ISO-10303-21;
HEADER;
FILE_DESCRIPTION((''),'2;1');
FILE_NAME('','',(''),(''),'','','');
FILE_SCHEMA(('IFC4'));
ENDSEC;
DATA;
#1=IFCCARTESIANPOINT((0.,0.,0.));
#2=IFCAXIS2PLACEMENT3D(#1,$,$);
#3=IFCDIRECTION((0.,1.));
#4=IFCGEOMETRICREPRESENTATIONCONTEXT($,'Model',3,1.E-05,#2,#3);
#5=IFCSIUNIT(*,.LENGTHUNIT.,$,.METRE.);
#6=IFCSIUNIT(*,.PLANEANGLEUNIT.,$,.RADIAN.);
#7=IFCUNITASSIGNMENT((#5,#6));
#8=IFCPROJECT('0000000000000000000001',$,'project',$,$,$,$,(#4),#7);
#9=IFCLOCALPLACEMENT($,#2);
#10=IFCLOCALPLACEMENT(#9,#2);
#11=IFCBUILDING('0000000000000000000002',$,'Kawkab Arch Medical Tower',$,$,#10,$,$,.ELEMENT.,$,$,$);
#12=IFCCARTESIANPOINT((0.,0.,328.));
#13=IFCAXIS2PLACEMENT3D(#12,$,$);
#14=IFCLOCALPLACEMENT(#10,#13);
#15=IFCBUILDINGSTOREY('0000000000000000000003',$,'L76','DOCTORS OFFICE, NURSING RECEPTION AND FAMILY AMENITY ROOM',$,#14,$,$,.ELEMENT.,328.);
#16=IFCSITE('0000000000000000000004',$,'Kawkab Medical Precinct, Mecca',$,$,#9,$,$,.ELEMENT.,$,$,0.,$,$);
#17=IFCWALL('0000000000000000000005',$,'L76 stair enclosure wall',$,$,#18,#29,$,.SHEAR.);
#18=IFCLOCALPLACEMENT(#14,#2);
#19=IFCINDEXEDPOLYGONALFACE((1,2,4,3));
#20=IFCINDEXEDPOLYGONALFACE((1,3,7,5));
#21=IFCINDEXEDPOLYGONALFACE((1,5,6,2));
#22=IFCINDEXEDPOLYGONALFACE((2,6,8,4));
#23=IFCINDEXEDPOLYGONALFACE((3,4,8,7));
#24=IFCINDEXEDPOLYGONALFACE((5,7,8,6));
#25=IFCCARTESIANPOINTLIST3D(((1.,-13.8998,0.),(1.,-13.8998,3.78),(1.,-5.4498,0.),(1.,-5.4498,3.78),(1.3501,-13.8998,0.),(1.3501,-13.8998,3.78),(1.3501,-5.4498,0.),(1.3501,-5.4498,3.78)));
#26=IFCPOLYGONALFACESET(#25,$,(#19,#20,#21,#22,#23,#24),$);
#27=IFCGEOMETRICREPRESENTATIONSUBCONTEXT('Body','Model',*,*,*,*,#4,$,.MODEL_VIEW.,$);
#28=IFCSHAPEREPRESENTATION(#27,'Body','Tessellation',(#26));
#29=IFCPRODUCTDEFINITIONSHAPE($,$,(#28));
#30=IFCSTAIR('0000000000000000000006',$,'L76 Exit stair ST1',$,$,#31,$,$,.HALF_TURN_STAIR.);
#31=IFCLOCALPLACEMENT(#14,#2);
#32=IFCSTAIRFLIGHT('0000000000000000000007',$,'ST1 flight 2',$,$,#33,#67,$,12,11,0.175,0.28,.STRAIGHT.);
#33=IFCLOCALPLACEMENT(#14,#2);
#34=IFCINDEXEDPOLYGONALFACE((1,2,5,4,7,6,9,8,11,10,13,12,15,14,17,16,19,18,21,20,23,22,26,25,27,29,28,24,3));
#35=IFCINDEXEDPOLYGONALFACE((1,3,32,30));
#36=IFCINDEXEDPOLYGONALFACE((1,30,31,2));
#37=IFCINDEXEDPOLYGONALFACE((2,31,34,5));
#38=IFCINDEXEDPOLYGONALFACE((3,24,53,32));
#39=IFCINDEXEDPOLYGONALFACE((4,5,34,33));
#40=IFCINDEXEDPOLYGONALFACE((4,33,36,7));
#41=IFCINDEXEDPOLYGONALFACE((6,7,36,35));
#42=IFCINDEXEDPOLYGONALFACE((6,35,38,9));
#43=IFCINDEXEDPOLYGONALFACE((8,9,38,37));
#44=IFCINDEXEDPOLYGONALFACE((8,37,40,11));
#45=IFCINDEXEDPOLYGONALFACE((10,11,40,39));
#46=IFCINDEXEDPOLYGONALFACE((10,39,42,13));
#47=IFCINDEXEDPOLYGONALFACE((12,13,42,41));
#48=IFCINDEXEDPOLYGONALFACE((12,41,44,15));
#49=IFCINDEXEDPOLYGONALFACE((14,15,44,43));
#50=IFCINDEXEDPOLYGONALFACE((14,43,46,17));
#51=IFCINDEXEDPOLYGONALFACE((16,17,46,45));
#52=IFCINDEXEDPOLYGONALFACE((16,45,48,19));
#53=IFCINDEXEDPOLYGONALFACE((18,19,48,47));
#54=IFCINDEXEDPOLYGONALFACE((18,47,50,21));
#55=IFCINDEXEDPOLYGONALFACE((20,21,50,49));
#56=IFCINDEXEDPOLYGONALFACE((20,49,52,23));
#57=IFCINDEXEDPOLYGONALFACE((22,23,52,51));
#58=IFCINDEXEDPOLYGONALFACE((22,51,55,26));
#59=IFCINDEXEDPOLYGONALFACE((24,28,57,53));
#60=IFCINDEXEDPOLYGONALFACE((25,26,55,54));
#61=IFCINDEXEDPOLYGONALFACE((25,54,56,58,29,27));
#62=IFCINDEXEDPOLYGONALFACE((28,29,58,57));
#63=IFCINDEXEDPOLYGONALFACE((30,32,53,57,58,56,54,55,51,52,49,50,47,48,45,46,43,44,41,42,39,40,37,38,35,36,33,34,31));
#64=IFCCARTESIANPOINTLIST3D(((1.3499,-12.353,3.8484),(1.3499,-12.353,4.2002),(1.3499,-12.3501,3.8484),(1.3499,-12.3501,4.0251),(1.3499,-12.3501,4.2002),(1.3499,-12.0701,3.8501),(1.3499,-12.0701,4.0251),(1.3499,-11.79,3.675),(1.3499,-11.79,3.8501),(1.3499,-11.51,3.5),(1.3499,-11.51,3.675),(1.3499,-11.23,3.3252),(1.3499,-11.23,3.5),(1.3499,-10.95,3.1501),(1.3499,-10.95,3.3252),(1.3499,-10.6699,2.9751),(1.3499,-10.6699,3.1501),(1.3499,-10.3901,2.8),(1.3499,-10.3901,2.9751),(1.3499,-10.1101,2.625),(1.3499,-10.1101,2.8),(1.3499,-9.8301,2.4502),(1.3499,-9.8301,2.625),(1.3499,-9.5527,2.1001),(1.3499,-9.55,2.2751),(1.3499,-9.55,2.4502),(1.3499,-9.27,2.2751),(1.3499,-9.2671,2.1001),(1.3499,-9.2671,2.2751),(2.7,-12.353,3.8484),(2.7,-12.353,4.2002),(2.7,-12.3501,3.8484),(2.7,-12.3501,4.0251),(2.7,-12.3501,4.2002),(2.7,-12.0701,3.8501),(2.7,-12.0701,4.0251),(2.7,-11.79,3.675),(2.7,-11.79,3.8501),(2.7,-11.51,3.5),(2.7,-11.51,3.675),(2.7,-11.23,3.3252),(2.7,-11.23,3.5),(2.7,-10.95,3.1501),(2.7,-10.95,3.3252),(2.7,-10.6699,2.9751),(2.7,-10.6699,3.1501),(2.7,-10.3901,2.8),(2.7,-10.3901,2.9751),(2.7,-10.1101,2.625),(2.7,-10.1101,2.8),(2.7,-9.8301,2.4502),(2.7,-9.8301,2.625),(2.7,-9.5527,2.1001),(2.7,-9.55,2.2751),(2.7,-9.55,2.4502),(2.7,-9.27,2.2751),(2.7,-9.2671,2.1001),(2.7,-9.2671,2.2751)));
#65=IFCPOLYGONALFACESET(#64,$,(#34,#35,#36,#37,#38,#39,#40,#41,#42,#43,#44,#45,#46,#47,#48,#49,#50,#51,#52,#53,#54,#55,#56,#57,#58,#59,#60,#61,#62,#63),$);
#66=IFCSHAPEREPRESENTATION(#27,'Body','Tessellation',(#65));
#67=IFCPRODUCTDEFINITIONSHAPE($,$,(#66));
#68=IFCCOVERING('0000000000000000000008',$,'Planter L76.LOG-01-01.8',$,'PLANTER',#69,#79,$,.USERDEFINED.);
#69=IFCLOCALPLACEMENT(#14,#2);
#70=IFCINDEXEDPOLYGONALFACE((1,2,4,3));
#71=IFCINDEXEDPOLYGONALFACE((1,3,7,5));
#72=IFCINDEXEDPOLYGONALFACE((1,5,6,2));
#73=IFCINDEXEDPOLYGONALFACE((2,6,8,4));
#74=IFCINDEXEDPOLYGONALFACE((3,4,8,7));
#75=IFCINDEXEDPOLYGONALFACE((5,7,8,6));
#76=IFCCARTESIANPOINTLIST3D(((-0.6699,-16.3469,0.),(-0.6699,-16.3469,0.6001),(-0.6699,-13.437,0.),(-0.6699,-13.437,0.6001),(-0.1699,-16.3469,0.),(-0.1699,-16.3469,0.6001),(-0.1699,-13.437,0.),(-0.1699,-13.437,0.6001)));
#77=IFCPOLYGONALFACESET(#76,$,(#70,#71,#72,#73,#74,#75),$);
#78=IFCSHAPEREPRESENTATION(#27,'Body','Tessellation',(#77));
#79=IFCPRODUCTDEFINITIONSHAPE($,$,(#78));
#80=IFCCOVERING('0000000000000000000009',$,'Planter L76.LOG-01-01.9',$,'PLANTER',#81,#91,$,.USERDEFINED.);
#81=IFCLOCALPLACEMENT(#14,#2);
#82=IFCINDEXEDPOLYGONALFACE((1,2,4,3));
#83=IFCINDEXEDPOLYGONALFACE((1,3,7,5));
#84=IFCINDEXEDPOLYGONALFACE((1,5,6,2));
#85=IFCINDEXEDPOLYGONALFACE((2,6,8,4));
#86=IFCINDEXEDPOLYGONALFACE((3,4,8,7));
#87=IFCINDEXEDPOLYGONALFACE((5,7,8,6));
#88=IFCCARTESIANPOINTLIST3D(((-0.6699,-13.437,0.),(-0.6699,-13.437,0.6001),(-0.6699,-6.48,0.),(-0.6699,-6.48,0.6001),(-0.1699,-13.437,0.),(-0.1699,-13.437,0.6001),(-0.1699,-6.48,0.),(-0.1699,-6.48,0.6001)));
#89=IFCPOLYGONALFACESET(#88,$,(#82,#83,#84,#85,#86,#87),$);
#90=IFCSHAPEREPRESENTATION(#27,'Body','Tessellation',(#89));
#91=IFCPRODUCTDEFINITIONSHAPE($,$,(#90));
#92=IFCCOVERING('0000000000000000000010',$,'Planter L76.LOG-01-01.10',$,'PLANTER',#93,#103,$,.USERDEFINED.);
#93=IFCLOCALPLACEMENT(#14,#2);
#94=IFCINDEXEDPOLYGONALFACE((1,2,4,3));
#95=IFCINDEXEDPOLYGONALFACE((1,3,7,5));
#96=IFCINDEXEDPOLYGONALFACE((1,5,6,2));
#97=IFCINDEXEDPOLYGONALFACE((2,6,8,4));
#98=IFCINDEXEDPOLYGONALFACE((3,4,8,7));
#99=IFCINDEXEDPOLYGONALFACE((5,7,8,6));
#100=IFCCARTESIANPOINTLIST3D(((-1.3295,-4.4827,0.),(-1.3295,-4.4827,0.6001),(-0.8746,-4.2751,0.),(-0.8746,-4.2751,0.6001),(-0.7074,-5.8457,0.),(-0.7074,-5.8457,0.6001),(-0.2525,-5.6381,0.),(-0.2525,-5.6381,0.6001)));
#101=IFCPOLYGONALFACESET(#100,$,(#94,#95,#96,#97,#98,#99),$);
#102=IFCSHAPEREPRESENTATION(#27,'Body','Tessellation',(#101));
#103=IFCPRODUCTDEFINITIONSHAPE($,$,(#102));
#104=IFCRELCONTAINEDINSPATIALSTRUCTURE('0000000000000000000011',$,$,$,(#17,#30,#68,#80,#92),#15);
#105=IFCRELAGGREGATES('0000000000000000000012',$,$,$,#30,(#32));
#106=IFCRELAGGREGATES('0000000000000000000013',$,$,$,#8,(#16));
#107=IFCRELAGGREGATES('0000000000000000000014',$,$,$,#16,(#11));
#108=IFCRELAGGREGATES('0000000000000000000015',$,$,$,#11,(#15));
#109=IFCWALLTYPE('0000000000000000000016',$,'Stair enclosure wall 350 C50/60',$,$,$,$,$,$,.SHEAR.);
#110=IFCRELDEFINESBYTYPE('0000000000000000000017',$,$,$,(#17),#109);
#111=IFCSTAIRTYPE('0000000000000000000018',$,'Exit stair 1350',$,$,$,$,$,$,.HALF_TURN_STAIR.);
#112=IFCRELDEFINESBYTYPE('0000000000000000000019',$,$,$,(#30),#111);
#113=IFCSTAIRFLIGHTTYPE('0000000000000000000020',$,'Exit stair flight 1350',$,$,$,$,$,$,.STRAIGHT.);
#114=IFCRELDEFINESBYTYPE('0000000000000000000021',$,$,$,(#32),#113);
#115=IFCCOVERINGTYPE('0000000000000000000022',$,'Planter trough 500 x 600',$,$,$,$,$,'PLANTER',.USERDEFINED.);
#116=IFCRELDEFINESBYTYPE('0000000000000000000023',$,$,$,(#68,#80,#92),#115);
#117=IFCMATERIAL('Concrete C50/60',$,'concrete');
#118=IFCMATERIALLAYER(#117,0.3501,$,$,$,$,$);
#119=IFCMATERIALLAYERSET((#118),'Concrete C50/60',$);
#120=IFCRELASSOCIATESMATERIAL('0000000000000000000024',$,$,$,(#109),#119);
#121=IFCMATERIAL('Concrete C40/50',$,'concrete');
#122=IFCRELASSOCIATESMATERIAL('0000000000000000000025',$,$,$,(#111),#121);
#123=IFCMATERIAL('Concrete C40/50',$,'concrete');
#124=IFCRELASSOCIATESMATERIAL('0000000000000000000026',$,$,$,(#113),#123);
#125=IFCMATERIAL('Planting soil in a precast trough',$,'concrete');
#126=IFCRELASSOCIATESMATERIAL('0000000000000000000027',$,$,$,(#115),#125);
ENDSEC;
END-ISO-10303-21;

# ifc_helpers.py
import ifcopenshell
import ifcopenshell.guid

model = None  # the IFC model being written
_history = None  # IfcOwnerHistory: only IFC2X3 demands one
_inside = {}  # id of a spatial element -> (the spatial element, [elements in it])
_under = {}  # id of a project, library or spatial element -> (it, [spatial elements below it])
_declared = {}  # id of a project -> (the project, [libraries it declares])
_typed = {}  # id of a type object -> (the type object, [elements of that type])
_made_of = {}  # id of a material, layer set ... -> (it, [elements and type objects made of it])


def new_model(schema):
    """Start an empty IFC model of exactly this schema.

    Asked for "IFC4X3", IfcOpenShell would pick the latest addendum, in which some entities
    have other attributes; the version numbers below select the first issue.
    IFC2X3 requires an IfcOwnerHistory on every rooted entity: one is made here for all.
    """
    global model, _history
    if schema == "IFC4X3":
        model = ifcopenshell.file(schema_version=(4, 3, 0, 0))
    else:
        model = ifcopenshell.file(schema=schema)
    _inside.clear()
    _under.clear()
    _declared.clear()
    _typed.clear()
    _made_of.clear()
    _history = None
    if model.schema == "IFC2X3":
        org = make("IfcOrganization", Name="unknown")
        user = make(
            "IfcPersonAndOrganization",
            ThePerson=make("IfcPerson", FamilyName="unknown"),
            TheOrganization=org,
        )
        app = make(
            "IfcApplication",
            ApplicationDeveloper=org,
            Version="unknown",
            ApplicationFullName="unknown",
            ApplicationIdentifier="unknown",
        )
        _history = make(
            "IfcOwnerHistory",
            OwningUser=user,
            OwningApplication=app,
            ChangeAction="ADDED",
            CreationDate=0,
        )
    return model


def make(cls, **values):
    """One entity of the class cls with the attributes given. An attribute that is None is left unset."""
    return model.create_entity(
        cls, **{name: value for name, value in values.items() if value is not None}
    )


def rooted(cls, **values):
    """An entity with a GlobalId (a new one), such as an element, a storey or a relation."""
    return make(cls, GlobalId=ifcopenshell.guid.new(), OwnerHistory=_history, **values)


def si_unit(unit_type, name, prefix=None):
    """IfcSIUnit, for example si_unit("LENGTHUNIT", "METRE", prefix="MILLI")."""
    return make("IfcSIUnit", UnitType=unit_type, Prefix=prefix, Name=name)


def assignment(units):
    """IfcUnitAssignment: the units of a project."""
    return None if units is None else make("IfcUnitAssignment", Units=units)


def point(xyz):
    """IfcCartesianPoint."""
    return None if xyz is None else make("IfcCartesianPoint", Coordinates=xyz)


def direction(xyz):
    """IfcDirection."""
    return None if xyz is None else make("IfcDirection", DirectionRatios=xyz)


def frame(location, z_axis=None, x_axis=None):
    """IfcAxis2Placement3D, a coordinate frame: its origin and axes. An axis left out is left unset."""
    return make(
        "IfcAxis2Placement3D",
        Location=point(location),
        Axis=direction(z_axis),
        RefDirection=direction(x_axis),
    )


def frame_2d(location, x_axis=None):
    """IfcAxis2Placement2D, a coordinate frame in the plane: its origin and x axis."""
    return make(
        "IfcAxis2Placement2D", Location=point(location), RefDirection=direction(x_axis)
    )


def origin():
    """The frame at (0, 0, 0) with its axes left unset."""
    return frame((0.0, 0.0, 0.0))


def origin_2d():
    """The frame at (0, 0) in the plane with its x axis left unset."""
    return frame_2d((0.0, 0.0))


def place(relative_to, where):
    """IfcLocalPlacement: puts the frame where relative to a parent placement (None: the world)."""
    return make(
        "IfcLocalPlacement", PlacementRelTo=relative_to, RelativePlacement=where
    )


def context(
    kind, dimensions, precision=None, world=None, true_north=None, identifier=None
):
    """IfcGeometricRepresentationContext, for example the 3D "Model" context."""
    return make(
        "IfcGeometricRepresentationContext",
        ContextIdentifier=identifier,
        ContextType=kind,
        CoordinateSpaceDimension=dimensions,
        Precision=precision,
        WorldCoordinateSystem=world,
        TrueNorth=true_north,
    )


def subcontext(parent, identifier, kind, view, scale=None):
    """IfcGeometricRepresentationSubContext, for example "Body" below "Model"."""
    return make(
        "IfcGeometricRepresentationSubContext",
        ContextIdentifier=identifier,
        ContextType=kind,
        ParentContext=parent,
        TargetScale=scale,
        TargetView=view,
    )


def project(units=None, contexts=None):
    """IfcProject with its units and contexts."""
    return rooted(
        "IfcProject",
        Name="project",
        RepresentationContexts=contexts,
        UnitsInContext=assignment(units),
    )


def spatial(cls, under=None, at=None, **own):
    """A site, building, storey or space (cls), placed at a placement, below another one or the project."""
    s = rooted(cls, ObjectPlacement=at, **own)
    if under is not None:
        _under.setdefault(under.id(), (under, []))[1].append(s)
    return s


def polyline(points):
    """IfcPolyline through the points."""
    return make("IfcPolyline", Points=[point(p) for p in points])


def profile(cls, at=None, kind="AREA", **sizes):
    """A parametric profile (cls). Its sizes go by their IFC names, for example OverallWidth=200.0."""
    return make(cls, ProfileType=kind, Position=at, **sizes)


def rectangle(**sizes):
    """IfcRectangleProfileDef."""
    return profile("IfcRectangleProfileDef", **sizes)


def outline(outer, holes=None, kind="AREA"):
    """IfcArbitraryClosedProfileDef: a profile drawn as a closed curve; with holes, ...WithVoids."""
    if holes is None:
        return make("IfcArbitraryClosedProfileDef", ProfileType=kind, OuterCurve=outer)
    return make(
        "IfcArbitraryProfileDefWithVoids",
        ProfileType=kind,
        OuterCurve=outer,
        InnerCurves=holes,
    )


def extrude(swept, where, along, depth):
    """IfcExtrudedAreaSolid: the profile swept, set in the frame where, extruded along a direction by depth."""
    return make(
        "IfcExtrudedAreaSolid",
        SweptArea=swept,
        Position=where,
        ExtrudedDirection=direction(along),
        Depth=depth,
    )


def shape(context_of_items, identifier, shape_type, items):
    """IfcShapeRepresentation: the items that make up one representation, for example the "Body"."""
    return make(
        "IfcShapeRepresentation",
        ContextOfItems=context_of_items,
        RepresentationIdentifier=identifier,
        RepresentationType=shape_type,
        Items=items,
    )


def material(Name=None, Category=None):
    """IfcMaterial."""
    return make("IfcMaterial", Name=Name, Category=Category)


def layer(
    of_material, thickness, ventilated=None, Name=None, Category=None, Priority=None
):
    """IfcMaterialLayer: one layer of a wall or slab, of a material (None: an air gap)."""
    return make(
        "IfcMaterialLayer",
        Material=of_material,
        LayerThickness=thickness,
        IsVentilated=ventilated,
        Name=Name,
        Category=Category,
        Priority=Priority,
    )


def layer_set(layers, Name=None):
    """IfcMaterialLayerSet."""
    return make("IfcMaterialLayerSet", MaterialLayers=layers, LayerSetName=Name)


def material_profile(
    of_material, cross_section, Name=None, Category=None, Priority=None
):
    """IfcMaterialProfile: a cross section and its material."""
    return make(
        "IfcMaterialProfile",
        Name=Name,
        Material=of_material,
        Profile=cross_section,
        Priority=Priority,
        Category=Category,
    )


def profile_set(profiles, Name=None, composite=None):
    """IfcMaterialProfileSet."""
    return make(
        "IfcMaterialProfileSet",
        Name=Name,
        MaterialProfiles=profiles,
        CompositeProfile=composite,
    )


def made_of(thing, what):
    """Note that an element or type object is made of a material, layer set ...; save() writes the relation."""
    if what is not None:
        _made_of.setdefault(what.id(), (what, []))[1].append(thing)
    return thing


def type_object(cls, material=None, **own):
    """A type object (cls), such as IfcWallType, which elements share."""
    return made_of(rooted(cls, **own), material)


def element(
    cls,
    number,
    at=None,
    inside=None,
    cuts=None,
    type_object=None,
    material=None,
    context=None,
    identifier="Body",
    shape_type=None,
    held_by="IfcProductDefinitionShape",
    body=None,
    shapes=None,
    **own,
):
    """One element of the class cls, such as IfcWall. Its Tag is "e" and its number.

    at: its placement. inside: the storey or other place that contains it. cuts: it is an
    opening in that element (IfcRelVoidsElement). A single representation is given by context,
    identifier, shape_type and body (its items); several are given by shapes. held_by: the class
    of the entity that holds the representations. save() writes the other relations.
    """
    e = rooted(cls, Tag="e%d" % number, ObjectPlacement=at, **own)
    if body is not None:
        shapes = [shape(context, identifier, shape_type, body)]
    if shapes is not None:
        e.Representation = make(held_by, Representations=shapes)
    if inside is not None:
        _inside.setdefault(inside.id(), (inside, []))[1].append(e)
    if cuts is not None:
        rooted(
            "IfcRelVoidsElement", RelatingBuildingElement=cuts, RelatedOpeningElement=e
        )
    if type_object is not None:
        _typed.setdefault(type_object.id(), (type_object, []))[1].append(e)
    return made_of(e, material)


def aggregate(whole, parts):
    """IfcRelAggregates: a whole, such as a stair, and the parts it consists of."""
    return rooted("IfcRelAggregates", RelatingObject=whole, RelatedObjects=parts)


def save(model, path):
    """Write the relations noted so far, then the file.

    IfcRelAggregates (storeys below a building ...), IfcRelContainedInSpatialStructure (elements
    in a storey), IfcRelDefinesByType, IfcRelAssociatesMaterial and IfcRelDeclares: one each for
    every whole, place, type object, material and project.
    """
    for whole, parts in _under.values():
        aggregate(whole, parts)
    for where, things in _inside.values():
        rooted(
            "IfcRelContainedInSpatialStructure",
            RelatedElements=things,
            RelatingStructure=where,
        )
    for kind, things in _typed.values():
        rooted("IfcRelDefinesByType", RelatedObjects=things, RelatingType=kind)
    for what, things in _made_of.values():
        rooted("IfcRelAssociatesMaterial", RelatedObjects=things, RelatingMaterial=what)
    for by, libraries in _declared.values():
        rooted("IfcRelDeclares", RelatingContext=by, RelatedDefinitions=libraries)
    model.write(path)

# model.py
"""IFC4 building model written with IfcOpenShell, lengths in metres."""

from ifc_helpers import new_model, si_unit, direction, frame, frame_2d, origin, origin_2d, place, context, subcontext, project, spatial, polyline, rectangle, outline, extrude, material, layer, layer_set, material_profile, profile_set, type_object, element, aggregate, save


model = new_model("IFC4")

# Units and contexts
model_context = context("Model", 3, precision=1e-05, world=origin(), true_north=direction((0.0, 1.0)))
body_context = subcontext(model_context, "Body", "Model", "MODEL_VIEW")
ifc_project = project(units=[si_unit("LENGTHUNIT", "METRE"), si_unit("PLANEANGLEUNIT", "RADIAN")], contexts=[model_context])

# Site, building, storey
site_placement = place(None, origin())
site = spatial("IfcSite", under=ifc_project, at=site_placement, Name="Kawkab Medical Precinct, Mecca", CompositionType="ELEMENT", RefElevation=0.0)
building_placement = place(site_placement, origin())
building = spatial("IfcBuilding", under=site, at=building_placement, Name="Kawkab Arch Medical Tower", CompositionType="ELEMENT")
storey_placement = place(building_placement, frame((0.0, 0.0, 328.0)))
storey = spatial("IfcBuildingStorey", under=building, at=storey_placement, Name="L76", Description="DOCTORS OFFICE, NURSING RECEPTION AND FAMILY AMENITY ROOM", CompositionType="ELEMENT", Elevation=328.0)

# Shared definitions
placement = place(storey_placement, origin())

# Wall
ifc_material_1 = material(Name="Concrete C50/60", Category="concrete")
ifc_layer_1 = layer(ifc_material_1, 0.3501)
ifc_layer_set_1 = layer_set([ifc_layer_1], Name="Concrete C50/60")
wall_type_1 = type_object("IfcWallType", Name="Stair enclosure wall 350 C50/60", PredefinedType="SHEAR", material=ifc_layer_set_1)
wall_1_placement = place(storey_placement, frame((1.175, -13.8999, 0.0), z_axis=(0.0, 0.0, 1.0), x_axis=(0.0, 1.0, 0.0)))
element("IfcWall", 1, at=wall_1_placement, inside=storey, type_object=wall_type_1, Name="L76 stair enclosure wall", PredefinedType="SHEAR", context=body_context, shape_type="SweptSolid", body=[
    extrude(rectangle(XDim=8.45, YDim=0.3501, at=frame_2d((4.2251, 0.0))), origin(), (0.0, 0.0, 1.0), 3.78),
])

# Stair, stair flight
ifc_material_2 = material(Name="Concrete C40/50", Category="concrete")
stair_type = type_object("IfcStairType", Name="Exit stair 1350", PredefinedType="HALF_TURN_STAIR", material=ifc_material_2)
stair = element("IfcStair", 2, at=placement, inside=storey, type_object=stair_type, Name="L76 Exit stair ST1", PredefinedType="HALF_TURN_STAIR")
ifc_material_3 = material(Name="Concrete C40/50", Category="concrete")
stair_flight_type = type_object("IfcStairFlightType", Name="Exit stair flight 1350", PredefinedType="STRAIGHT", material=ifc_material_3)
stair_flight_placement = place(storey_placement, frame((2.0249, -9.27, 2.1001), z_axis=(0.0, 0.0, 1.0), x_axis=(0.0, -1.0, 0.0)))
stair_flight = element("IfcStairFlight", 3, at=stair_flight_placement, type_object=stair_flight_type, Name="ST1 flight 2", NumberOfRisers=12, NumberOfTreads=11, PredefinedType="STRAIGHT", RiserHeight=0.175, TreadLength=0.28, context=body_context, shape_type="SweptSolid", body=[
    extrude(outline(polyline([(-0.0029, 0.0), (-0.0029, 0.175), (0.0, 0.175), (0.28, 0.175), (0.28, 0.3501), (0.5601, 0.3501), (0.5601, 0.5249), (0.8401, 0.5249), (0.8401, 0.7), (1.1201, 0.7), (1.1201, 0.875), (1.3999, 0.875), (1.3999, 1.05), (1.6799, 1.05), (1.6799, 1.2251), (1.96, 1.2251), (1.96, 1.3999), (2.24, 1.3999), (2.24, 1.575), (2.52, 1.575), (2.52, 1.75), (2.8, 1.75), (2.8, 1.925), (3.0801, 1.925), (3.0801, 2.1001), (3.083, 2.1001), (3.083, 1.7483), (3.0801, 1.7483), (0.2827, 0.0), (-0.0029, 0.0)])), frame((0.0, 0.675, 0.0), z_axis=(0.0, -1.0, 0.0), x_axis=(1.0, 0.0, 0.0)), (0.0, 0.0, 1.0), 1.3501),
])
aggregate(stair, [stair_flight])

# Coverings
ifc_material_4 = material(Name="Planting soil in a precast trough", Category="concrete")
ifc_material_profile_1 = material_profile(ifc_material_4, rectangle(XDim=0.5, YDim=0.6001, at=origin_2d()), Name="Trough 500x600")
ifc_profile_set_1 = profile_set([ifc_material_profile_1], Name="Planting soil in a precast trough")
covering_type = type_object("IfcCoveringType", Name="Planter trough 500 x 600", ElementType="PLANTER", PredefinedType="USERDEFINED", material=ifc_profile_set_1)
covering_1_placement = place(storey_placement, frame((-0.4199, -16.3469, 0.3), z_axis=(0.0, 1.0, 0.0), x_axis=(-1.0, 0.0, 0.0)))
element("IfcCovering", 4, at=covering_1_placement, inside=storey, type_object=covering_type, Name="Planter L76.LOG-01-01.8", ObjectType="PLANTER", PredefinedType="USERDEFINED", context=body_context, shape_type="SweptSolid", body=[
    extrude(rectangle(XDim=0.5, YDim=0.6001, at=origin_2d()), origin(), (0.0, 0.0, 1.0), 2.9099),
])
covering_2_placement = place(storey_placement, frame((-0.4199, -13.437, 0.3), z_axis=(0.0, 1.0, 0.0), x_axis=(-1.0, 0.0, 0.0)))
element("IfcCovering", 5, at=covering_2_placement, inside=storey, type_object=covering_type, Name="Planter L76.LOG-01-01.9", ObjectType="PLANTER", PredefinedType="USERDEFINED", context=body_context, shape_type="SweptSolid", body=[
    extrude(rectangle(XDim=0.5, YDim=0.6001, at=origin_2d()), origin(), (0.0, 0.0, 1.0), 6.957),
])
covering_3_placement = place(storey_placement, frame((-0.48, -5.7419, 0.3), z_axis=(-0.41519, 0.909735, 0.0), x_axis=(-0.909735, -0.41519, 0.0)))
element("IfcCovering", 6, at=covering_3_placement, inside=storey, type_object=covering_type, Name="Planter L76.LOG-01-01.10", ObjectType="PLANTER", PredefinedType="USERDEFINED", context=body_context, shape_type="SweptSolid", body=[
    extrude(rectangle(XDim=0.5, YDim=0.6001, at=origin_2d()), origin(), (0.0, 0.0, 1.0), 1.4983),
])

save(model, "model.ifc")
